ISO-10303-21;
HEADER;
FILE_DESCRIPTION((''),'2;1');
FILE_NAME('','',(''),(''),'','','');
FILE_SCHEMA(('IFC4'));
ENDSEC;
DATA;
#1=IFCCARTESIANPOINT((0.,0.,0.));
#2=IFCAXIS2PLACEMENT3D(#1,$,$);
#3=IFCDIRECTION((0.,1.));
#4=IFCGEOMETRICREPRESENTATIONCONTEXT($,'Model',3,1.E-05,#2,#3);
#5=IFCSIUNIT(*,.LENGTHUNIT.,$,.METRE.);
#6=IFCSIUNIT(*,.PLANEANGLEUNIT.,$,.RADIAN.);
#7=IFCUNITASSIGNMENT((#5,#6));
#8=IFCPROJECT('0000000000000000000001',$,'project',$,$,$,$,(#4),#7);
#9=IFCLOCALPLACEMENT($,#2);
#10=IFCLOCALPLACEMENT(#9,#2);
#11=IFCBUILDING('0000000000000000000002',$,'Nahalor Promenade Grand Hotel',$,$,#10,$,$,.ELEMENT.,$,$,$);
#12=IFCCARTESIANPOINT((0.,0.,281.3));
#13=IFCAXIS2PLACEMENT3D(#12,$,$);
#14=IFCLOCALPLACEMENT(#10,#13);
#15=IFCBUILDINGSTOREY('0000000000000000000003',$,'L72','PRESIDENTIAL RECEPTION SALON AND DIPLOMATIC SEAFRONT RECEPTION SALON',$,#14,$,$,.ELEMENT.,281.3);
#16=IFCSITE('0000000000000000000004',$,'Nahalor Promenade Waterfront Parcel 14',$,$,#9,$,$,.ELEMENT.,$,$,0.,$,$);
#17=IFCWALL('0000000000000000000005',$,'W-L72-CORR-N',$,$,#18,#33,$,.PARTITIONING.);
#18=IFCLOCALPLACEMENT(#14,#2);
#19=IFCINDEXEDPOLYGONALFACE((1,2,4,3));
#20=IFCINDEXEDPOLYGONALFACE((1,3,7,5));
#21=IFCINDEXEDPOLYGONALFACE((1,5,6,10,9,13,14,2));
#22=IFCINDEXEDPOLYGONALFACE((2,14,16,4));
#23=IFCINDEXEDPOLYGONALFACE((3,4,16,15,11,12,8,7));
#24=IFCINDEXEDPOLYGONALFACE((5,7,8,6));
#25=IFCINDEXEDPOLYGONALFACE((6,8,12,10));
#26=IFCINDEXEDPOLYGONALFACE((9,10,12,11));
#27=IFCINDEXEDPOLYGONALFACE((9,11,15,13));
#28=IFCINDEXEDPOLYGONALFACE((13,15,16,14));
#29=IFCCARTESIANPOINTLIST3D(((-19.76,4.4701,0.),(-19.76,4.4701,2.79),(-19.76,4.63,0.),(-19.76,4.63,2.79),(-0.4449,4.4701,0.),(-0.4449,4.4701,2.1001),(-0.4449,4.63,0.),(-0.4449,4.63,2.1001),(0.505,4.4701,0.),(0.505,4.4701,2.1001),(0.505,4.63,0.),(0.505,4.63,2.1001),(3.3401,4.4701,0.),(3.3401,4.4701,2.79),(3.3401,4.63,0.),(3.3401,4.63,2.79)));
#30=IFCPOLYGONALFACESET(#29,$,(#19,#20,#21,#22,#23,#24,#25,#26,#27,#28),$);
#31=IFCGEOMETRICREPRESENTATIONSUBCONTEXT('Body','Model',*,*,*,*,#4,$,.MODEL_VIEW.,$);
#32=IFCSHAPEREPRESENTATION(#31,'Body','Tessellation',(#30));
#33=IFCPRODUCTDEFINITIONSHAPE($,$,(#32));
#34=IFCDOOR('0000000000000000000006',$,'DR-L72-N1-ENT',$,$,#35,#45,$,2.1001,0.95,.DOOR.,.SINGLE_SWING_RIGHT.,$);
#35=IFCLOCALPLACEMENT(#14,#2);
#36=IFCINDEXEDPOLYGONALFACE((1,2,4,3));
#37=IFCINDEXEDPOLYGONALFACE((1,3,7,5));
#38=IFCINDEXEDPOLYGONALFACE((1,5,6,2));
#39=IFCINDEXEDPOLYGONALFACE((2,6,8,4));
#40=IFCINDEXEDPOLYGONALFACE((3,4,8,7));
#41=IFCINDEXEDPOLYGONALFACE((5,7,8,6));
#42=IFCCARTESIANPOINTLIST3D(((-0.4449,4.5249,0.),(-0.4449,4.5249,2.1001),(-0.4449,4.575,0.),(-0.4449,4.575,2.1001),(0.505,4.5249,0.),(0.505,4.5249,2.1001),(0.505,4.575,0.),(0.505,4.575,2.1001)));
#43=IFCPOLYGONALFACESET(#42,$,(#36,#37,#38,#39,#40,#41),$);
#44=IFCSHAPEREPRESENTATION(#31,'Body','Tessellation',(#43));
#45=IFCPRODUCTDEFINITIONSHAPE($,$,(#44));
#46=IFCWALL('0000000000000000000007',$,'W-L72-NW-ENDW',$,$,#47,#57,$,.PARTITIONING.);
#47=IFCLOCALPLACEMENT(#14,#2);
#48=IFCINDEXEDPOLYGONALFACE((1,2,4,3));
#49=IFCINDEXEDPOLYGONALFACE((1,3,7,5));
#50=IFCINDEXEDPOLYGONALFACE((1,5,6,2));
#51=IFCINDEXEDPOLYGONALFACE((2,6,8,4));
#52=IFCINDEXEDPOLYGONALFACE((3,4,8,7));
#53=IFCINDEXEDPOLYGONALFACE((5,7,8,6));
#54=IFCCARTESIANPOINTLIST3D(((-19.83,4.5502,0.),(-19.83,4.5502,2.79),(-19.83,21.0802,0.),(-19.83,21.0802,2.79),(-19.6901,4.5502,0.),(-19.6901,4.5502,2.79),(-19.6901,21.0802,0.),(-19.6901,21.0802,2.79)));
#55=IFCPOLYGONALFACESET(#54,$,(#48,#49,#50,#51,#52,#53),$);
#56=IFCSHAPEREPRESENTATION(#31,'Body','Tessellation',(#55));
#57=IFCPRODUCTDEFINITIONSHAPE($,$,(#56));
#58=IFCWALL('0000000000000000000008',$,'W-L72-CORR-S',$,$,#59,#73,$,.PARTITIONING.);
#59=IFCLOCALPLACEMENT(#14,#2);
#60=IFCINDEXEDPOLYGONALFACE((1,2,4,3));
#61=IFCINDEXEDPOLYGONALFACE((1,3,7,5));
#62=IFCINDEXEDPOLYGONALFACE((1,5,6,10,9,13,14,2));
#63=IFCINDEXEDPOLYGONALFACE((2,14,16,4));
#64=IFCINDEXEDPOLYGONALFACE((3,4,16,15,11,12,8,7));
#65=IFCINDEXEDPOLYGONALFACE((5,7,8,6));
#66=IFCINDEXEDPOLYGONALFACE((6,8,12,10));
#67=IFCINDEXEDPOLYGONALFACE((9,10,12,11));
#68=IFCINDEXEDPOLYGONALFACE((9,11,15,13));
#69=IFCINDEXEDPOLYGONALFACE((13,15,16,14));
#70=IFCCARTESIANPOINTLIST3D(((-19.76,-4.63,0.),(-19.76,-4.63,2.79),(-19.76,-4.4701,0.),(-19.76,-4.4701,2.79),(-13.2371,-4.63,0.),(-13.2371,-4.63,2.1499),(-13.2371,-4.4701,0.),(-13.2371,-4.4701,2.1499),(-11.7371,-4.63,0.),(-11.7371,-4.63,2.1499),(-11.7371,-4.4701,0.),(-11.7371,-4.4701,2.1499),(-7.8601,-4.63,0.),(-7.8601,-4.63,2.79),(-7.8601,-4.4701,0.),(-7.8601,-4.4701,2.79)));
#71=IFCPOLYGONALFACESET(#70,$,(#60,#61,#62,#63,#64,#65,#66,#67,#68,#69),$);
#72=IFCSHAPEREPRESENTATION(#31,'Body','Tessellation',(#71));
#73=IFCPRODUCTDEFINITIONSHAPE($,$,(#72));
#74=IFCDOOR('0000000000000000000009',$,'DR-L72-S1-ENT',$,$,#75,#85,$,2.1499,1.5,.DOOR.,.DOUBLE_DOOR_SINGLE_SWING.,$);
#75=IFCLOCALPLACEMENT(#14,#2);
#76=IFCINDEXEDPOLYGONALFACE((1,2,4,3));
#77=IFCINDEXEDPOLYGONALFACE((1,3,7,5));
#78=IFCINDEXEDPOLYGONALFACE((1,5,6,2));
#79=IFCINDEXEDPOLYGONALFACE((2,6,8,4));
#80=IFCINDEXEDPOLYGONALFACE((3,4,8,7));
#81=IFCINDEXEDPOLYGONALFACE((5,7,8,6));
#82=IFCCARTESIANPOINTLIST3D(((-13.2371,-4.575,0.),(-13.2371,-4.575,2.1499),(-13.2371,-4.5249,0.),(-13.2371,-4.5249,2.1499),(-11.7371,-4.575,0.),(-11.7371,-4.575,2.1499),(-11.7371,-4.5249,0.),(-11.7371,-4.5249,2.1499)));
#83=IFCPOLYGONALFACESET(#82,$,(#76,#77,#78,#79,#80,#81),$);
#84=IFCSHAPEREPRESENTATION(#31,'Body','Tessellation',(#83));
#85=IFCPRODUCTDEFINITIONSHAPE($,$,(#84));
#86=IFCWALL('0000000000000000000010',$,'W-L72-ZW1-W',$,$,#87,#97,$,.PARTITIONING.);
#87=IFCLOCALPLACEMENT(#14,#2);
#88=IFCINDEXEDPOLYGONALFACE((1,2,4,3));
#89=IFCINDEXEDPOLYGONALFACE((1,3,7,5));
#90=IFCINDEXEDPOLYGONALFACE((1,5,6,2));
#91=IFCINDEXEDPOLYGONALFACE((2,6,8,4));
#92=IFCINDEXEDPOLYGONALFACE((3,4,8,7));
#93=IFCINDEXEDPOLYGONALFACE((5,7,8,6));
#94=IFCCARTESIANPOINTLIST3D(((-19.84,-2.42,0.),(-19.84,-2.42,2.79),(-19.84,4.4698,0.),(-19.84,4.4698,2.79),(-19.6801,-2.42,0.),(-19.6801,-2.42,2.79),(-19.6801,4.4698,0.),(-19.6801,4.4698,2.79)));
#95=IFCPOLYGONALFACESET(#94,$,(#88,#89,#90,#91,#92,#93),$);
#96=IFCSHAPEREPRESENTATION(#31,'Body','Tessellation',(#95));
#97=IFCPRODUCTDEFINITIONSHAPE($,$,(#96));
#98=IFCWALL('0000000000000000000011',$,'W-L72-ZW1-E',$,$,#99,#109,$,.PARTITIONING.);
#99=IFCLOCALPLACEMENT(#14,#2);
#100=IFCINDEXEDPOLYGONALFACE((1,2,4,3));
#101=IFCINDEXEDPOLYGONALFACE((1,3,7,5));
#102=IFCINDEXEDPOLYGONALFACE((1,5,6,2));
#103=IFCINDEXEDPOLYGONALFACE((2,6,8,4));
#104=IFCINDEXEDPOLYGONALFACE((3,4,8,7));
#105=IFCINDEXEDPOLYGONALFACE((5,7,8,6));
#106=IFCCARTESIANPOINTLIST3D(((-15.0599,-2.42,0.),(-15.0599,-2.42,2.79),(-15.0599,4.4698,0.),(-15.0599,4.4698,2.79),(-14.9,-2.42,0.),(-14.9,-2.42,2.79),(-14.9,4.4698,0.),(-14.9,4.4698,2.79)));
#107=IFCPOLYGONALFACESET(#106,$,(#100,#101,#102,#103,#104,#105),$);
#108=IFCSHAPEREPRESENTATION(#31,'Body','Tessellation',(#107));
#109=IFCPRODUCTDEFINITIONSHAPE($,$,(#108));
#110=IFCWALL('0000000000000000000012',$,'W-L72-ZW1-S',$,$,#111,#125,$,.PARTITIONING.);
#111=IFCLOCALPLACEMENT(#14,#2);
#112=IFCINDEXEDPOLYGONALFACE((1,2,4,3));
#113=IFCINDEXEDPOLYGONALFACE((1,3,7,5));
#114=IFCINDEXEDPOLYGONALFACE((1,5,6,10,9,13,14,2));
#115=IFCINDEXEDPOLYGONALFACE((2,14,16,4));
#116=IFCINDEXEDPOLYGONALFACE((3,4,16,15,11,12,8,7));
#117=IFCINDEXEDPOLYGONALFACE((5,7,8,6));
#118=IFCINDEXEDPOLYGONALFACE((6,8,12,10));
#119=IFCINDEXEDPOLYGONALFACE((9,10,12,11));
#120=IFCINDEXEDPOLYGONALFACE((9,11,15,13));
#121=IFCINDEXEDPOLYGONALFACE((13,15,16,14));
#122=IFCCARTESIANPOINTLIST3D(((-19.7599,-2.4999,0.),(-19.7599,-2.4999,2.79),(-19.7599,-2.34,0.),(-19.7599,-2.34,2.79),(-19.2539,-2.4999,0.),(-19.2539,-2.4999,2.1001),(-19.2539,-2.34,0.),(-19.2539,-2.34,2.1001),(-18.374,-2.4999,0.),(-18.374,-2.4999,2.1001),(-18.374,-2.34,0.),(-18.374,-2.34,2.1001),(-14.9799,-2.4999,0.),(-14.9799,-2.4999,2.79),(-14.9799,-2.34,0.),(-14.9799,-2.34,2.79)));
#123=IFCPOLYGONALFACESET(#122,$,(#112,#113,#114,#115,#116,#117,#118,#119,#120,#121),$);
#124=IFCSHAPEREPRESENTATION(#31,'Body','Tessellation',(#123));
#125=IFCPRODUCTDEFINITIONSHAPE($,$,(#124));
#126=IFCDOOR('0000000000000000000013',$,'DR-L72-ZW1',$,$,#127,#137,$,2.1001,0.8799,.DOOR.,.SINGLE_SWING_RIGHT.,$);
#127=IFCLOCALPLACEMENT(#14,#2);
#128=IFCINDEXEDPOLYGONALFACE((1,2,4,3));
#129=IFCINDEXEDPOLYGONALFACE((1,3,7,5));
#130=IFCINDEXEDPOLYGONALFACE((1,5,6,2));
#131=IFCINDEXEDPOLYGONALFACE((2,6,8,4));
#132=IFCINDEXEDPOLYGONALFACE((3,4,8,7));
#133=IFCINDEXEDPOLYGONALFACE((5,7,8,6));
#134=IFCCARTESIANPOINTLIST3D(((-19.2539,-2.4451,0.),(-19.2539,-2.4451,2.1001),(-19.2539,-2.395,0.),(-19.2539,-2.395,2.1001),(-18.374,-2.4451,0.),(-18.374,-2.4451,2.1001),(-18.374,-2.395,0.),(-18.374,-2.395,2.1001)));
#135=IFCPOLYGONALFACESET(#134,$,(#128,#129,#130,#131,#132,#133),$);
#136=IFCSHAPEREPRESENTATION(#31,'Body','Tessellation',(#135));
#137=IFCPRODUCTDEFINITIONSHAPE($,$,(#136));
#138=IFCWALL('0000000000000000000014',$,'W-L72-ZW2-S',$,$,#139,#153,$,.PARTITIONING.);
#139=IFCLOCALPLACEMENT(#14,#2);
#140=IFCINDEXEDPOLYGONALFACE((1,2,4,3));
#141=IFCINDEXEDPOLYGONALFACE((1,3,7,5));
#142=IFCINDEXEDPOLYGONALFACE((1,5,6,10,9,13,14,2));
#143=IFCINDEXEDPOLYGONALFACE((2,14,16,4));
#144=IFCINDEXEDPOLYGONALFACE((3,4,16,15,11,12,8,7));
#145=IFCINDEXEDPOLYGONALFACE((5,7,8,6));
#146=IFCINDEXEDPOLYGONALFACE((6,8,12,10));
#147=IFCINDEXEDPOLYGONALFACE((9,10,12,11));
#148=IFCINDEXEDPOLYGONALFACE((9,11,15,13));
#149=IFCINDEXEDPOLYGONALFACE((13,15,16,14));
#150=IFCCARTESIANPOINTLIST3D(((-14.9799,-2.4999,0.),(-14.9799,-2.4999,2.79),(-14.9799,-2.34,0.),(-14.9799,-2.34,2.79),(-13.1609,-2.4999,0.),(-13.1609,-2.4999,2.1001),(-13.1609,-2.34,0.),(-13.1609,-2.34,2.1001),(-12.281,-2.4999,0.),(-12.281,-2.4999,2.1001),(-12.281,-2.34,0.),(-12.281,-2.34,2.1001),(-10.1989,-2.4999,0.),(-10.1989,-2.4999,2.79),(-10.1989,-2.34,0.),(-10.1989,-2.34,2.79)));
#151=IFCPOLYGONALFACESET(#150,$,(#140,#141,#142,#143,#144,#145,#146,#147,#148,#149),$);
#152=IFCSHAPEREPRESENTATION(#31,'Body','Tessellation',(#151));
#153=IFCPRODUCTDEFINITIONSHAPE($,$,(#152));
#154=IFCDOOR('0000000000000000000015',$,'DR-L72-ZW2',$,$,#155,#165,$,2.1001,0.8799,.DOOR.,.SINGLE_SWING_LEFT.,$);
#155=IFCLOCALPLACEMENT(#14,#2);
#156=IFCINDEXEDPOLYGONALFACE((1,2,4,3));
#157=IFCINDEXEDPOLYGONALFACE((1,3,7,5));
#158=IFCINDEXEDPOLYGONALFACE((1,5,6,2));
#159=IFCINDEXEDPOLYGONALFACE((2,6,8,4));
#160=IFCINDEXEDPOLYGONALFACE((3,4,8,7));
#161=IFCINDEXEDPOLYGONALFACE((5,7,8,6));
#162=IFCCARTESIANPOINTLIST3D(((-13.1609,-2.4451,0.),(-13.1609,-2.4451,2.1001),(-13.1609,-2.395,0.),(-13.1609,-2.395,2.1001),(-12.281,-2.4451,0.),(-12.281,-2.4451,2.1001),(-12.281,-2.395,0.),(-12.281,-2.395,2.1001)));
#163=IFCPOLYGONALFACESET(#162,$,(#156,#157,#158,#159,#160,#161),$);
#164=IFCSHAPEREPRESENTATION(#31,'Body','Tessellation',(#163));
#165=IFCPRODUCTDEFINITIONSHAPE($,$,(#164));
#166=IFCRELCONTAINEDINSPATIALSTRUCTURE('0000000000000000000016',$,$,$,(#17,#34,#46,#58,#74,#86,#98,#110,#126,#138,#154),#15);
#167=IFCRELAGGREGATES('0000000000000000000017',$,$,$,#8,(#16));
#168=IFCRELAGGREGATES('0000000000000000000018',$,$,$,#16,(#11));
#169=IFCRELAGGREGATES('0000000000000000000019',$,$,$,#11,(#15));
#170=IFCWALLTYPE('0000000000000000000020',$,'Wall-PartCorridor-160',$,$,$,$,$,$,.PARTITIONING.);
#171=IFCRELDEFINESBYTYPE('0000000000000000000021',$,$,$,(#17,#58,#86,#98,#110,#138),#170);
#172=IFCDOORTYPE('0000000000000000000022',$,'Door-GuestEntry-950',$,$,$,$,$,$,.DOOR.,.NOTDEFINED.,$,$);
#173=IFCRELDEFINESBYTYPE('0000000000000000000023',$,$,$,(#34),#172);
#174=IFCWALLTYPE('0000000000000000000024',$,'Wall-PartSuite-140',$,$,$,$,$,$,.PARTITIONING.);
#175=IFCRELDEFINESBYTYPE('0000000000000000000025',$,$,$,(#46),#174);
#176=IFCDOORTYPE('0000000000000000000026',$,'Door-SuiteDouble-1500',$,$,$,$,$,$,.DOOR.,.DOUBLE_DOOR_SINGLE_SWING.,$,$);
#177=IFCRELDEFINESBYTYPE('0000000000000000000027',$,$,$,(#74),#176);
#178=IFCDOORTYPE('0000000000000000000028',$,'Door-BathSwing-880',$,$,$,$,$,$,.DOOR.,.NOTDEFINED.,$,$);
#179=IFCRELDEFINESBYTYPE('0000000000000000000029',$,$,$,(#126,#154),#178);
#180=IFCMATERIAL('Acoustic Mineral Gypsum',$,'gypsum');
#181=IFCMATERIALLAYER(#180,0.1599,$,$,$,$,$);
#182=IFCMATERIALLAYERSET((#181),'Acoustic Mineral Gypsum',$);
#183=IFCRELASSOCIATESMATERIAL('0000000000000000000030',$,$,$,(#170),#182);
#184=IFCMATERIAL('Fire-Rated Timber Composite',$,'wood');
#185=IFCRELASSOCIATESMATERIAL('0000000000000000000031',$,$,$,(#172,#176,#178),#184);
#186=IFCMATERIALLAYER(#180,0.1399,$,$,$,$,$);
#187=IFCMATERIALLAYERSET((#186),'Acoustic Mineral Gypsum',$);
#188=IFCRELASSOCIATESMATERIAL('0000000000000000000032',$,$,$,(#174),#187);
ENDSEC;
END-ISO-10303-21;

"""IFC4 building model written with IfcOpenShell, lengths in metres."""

from ifc_helpers import new_model, si_unit, direction, frame, frame_2d, origin, place, context, subcontext, project, spatial, rectangle, extrude, source, transform, mapped, material, layer, layer_set, type_object, element, fill, save


model = new_model("IFC4")

# Units and contexts
model_context = context("Model", 3, precision=1e-05, world=origin(), true_north=direction((0.0, 1.0)))
body_context = subcontext(model_context, "Body", "Model", "MODEL_VIEW")
ifc_project = project(units=[si_unit("LENGTHUNIT", "METRE"), si_unit("PLANEANGLEUNIT", "RADIAN")], contexts=[model_context])

# Site, building, storey
site_placement = place(None, origin())
site = spatial("IfcSite", under=ifc_project, at=site_placement, Name="Nahalor Promenade Waterfront Parcel 14", CompositionType="ELEMENT", RefElevation=0.0)
building_placement = place(site_placement, origin())
building = spatial("IfcBuilding", under=site, at=building_placement, Name="Nahalor Promenade Grand Hotel", CompositionType="ELEMENT")
storey_placement = place(building_placement, frame((0.0, 0.0, 281.3)))
storey = spatial("IfcBuildingStorey", under=building, at=storey_placement, Name="L72", Description="PRESIDENTIAL RECEPTION SALON AND DIPLOMATIC SEAFRONT RECEPTION SALON", CompositionType="ELEMENT", Elevation=281.3)

# Wall, opening, door
ifc_material_1 = material(Name="Acoustic Mineral Gypsum", Category="gypsum")
ifc_layer_1 = layer(ifc_material_1, 0.1599)
ifc_layer_set_1 = layer_set([ifc_layer_1], Name="Acoustic Mineral Gypsum")
wall_type_1 = type_object("IfcWallType", Name="Wall-PartCorridor-160", PredefinedType="PARTITIONING", material=ifc_layer_set_1)
shared_shape_1 = source(origin(), body_context, "Body", "SweptSolid", [
    extrude(rectangle(XDim=23.1001, YDim=0.1599, at=frame_2d((11.55, 0.0))), origin(), (0.0, 0.0, 1.0), 2.79),
])
wall_1_placement = place(storey_placement, frame((-19.76, 4.55, 0.0), z_axis=(0.0, 0.0, 1.0), x_axis=(1.0, 0.0, 0.0)))
wall_1 = element("IfcWall", 1, at=wall_1_placement, inside=storey, type_object=wall_type_1, Name="W-L72-CORR-N", PredefinedType="PARTITIONING", context=body_context, shape_type="MappedRepresentation", body=[
    mapped(shared_shape_1, transform((0.0, 0.0, 0.0), scale=1.0)),
])
opening_1_placement = place(wall_1_placement, frame((19.3149, 0.0, 0.0)))
opening_1 = element("IfcOpeningElement", 2, at=opening_1_placement, cuts=wall_1, PredefinedType="OPENING", context=body_context, shape_type="SweptSolid", body=[
    extrude(rectangle(XDim=0.95, YDim=2.1001, at=frame_2d((0.4751, 1.05))), frame((0.0, 0.0898, 0.0), z_axis=(0.0, -1.0, 0.0), x_axis=(1.0, 0.0, 0.0)), (0.0, 0.0, 1.0), 0.1799),
])
ifc_material_2 = material(Name="Fire-Rated Timber Composite", Category="wood")
door_type_1 = type_object("IfcDoorType", Name="Door-GuestEntry-950", OperationType="NOTDEFINED", PredefinedType="DOOR", material=ifc_material_2)
shared_shape_2 = source(origin(), body_context, "Body", "SweptSolid", [
    extrude(rectangle(XDim=0.95, YDim=2.1001, at=frame_2d((0.4751, 1.05))), frame((0.0, 0.0249, 0.0), z_axis=(0.0, -1.0, 0.0), x_axis=(1.0, 0.0, 0.0)), (0.0, 0.0, 1.0), 0.05),
])
door_1_placement = place(opening_1_placement, origin())
door_1 = element("IfcDoor", 3, at=door_1_placement, inside=storey, type_object=door_type_1, Name="DR-L72-N1-ENT", OperationType="SINGLE_SWING_RIGHT", OverallHeight=2.1001, OverallWidth=0.95, PredefinedType="DOOR", context=body_context, shape_type="MappedRepresentation", body=[
    mapped(shared_shape_2, transform((0.0, 0.0, 0.0), scale=1.0)),
])
fill(opening_1, door_1)

# Wall
ifc_layer_2 = layer(ifc_material_1, 0.1399)
ifc_layer_set_2 = layer_set([ifc_layer_2], Name="Acoustic Mineral Gypsum")
wall_type_2 = type_object("IfcWallType", Name="Wall-PartSuite-140", PredefinedType="PARTITIONING", material=ifc_layer_set_2)
shared_shape_3 = source(origin(), body_context, "Body", "SweptSolid", [
    extrude(rectangle(XDim=16.53, YDim=0.1399, at=frame_2d((8.2651, 0.0))), origin(), (0.0, 0.0, 1.0), 2.79),
])
wall_2_placement = place(storey_placement, frame((-19.76, 4.55, 0.0), z_axis=(0.0, 0.0, 1.0), x_axis=(0.0, 1.0, 0.0)))
element("IfcWall", 4, at=wall_2_placement, inside=storey, type_object=wall_type_2, Name="W-L72-NW-ENDW", PredefinedType="PARTITIONING", context=body_context, shape_type="MappedRepresentation", body=[
    mapped(shared_shape_3, transform((0.0, 0.0, 0.0), scale=1.0)),
])

# Wall, opening, door
shared_shape_4 = source(origin(), body_context, "Body", "SweptSolid", [
    extrude(rectangle(XDim=11.8999, YDim=0.1599, at=frame_2d((5.95, 0.0))), origin(), (0.0, 0.0, 1.0), 2.79),
])
wall_3_placement = place(storey_placement, frame((-19.76, -4.55, 0.0), z_axis=(0.0, 0.0, 1.0), x_axis=(1.0, 0.0, 0.0)))
wall_3 = element("IfcWall", 5, at=wall_3_placement, inside=storey, type_object=wall_type_1, Name="W-L72-CORR-S", PredefinedType="PARTITIONING", context=body_context, shape_type="MappedRepresentation", body=[
    mapped(shared_shape_4, transform((0.0, 0.0, 0.0), scale=1.0)),
])
opening_2_placement = place(wall_3_placement, frame((6.5229, 0.0, 0.0)))
opening_2 = element("IfcOpeningElement", 6, at=opening_2_placement, cuts=wall_3, PredefinedType="OPENING", context=body_context, shape_type="SweptSolid", body=[
    extrude(rectangle(XDim=1.5, YDim=2.1499, at=frame_2d((0.75, 1.075))), frame((0.0, 0.0898, 0.0), z_axis=(0.0, -1.0, 0.0), x_axis=(1.0, 0.0, 0.0)), (0.0, 0.0, 1.0), 0.1799),
])
door_type_2 = type_object("IfcDoorType", Name="Door-SuiteDouble-1500", OperationType="DOUBLE_DOOR_SINGLE_SWING", PredefinedType="DOOR", material=ifc_material_2)
shared_shape_5 = source(origin(), body_context, "Body", "SweptSolid", [
    extrude(rectangle(XDim=1.5, YDim=2.1499, at=frame_2d((0.75, 1.075))), frame((0.0, 0.0249, 0.0), z_axis=(0.0, -1.0, 0.0), x_axis=(1.0, 0.0, 0.0)), (0.0, 0.0, 1.0), 0.05),
])
door_2_placement = place(opening_2_placement, frame((1.5, 0.0, 0.0), z_axis=(0.0, 0.0, 1.0), x_axis=(-1.0, 0.0, 0.0)))
door_2 = element("IfcDoor", 7, at=door_2_placement, inside=storey, type_object=door_type_2, Name="DR-L72-S1-ENT", OperationType="DOUBLE_DOOR_SINGLE_SWING", OverallHeight=2.1499, OverallWidth=1.5, PredefinedType="DOOR", context=body_context, shape_type="MappedRepresentation", body=[
    mapped(shared_shape_5, transform((0.0, 0.0, 0.0), scale=1.0)),
])
fill(opening_2, door_2)

# Walls
shared_shape_6 = source(origin(), body_context, "Body", "SweptSolid", [
    extrude(rectangle(XDim=6.8899, YDim=0.1599, at=frame_2d((3.4448, 0.0))), origin(), (0.0, 0.0, 1.0), 2.79),
])
for number, where, z_axis, x_axis, name in (
    (8, (-19.76, -2.4199, 0.0), (0.0, 0.0, 1.0), (0.0, 1.0, 0.0), "W-L72-ZW1-W"),
    (9, (-14.98, -2.4199, 0.0), (0.0, 0.0, 1.0), (0.0, 1.0, 0.0), "W-L72-ZW1-E"),
):
    element("IfcWall", number, at=place(storey_placement, frame(where, z_axis=z_axis, x_axis=x_axis)), inside=storey, type_object=wall_type_1, Name=name, PredefinedType="PARTITIONING", context=body_context, shape_type="MappedRepresentation", body=[
        mapped(shared_shape_6, transform((0.0, 0.0, 0.0), scale=1.0)),
    ])

# Walls, openings, doors
shared_shape_7 = source(origin(), body_context, "Body", "SweptSolid", [
    extrude(rectangle(XDim=4.78, YDim=0.1599, at=frame_2d((2.3901, 0.0))), origin(), (0.0, 0.0, 1.0), 2.79),
])
wall_4_placement = place(storey_placement, frame((-19.76, -2.4199, 0.0), z_axis=(0.0, 0.0, 1.0), x_axis=(1.0, 0.0, 0.0)))
wall_4 = element("IfcWall", 10, at=wall_4_placement, inside=storey, type_object=wall_type_1, Name="W-L72-ZW1-S", PredefinedType="PARTITIONING", context=body_context, shape_type="MappedRepresentation", body=[
    mapped(shared_shape_7, transform((0.0, 0.0, 0.0), scale=1.0)),
])
opening_3_placement = place(wall_4_placement, frame((0.5061, 0.0, 0.0)))
opening_3 = element("IfcOpeningElement", 11, at=opening_3_placement, cuts=wall_4, PredefinedType="OPENING", context=body_context, shape_type="SweptSolid", body=[
    extrude(rectangle(XDim=0.8799, YDim=2.1001, at=frame_2d((0.4399, 1.05))), frame((0.0, 0.0898, 0.0), z_axis=(0.0, -1.0, 0.0), x_axis=(1.0, 0.0, 0.0)), (0.0, 0.0, 1.0), 0.1799),
])
door_type_3 = type_object("IfcDoorType", Name="Door-BathSwing-880", OperationType="NOTDEFINED", PredefinedType="DOOR", material=ifc_material_2)
shared_shape_8 = source(origin(), body_context, "Body", "SweptSolid", [
    extrude(rectangle(XDim=0.8799, YDim=2.1001, at=frame_2d((0.4399, 1.05))), frame((0.0, 0.0249, 0.0), z_axis=(0.0, -1.0, 0.0), x_axis=(1.0, 0.0, 0.0)), (0.0, 0.0, 1.0), 0.05),
])
door_3_placement = place(opening_3_placement, origin())
door_3 = element("IfcDoor", 12, at=door_3_placement, inside=storey, type_object=door_type_3, Name="DR-L72-ZW1", OperationType="SINGLE_SWING_RIGHT", OverallHeight=2.1001, OverallWidth=0.8799, PredefinedType="DOOR", context=body_context, shape_type="MappedRepresentation", body=[
    mapped(shared_shape_8, transform((0.0, 0.0, 0.0), scale=1.0)),
])
fill(opening_3, door_3)
shared_shape_9 = source(origin(), body_context, "Body", "SweptSolid", [
    extrude(rectangle(XDim=4.781, YDim=0.1599, at=frame_2d((2.3906, 0.0))), origin(), (0.0, 0.0, 1.0), 2.79),
])
wall_5_placement = place(storey_placement, frame((-14.98, -2.4199, 0.0), z_axis=(0.0, 0.0, 1.0), x_axis=(1.0, 0.0, 0.0)))
wall_5 = element("IfcWall", 13, at=wall_5_placement, inside=storey, type_object=wall_type_1, Name="W-L72-ZW2-S", PredefinedType="PARTITIONING", context=body_context, shape_type="MappedRepresentation", body=[
    mapped(shared_shape_9, transform((0.0, 0.0, 0.0), scale=1.0)),
])
opening_4_placement = place(wall_5_placement, frame((1.8191, 0.0, 0.0)))
opening_4 = element("IfcOpeningElement", 14, at=opening_4_placement, cuts=wall_5, PredefinedType="OPENING", context=body_context, shape_type="SweptSolid", body=[
    extrude(rectangle(XDim=0.8799, YDim=2.1001, at=frame_2d((0.4399, 1.05))), frame((0.0, 0.0898, 0.0), z_axis=(0.0, -1.0, 0.0), x_axis=(1.0, 0.0, 0.0)), (0.0, 0.0, 1.0), 0.1799),
])
door_4_placement = place(opening_4_placement, origin())
door_4 = element("IfcDoor", 15, at=door_4_placement, inside=storey, type_object=door_type_3, Name="DR-L72-ZW2", OperationType="SINGLE_SWING_LEFT", OverallHeight=2.1001, OverallWidth=0.8799, PredefinedType="DOOR", context=body_context, shape_type="MappedRepresentation", body=[
    mapped(shared_shape_8, transform((0.0, 0.0, 0.0), scale=1.0)),
])
fill(opening_4, door_4)

save(model, "model.ifc")
